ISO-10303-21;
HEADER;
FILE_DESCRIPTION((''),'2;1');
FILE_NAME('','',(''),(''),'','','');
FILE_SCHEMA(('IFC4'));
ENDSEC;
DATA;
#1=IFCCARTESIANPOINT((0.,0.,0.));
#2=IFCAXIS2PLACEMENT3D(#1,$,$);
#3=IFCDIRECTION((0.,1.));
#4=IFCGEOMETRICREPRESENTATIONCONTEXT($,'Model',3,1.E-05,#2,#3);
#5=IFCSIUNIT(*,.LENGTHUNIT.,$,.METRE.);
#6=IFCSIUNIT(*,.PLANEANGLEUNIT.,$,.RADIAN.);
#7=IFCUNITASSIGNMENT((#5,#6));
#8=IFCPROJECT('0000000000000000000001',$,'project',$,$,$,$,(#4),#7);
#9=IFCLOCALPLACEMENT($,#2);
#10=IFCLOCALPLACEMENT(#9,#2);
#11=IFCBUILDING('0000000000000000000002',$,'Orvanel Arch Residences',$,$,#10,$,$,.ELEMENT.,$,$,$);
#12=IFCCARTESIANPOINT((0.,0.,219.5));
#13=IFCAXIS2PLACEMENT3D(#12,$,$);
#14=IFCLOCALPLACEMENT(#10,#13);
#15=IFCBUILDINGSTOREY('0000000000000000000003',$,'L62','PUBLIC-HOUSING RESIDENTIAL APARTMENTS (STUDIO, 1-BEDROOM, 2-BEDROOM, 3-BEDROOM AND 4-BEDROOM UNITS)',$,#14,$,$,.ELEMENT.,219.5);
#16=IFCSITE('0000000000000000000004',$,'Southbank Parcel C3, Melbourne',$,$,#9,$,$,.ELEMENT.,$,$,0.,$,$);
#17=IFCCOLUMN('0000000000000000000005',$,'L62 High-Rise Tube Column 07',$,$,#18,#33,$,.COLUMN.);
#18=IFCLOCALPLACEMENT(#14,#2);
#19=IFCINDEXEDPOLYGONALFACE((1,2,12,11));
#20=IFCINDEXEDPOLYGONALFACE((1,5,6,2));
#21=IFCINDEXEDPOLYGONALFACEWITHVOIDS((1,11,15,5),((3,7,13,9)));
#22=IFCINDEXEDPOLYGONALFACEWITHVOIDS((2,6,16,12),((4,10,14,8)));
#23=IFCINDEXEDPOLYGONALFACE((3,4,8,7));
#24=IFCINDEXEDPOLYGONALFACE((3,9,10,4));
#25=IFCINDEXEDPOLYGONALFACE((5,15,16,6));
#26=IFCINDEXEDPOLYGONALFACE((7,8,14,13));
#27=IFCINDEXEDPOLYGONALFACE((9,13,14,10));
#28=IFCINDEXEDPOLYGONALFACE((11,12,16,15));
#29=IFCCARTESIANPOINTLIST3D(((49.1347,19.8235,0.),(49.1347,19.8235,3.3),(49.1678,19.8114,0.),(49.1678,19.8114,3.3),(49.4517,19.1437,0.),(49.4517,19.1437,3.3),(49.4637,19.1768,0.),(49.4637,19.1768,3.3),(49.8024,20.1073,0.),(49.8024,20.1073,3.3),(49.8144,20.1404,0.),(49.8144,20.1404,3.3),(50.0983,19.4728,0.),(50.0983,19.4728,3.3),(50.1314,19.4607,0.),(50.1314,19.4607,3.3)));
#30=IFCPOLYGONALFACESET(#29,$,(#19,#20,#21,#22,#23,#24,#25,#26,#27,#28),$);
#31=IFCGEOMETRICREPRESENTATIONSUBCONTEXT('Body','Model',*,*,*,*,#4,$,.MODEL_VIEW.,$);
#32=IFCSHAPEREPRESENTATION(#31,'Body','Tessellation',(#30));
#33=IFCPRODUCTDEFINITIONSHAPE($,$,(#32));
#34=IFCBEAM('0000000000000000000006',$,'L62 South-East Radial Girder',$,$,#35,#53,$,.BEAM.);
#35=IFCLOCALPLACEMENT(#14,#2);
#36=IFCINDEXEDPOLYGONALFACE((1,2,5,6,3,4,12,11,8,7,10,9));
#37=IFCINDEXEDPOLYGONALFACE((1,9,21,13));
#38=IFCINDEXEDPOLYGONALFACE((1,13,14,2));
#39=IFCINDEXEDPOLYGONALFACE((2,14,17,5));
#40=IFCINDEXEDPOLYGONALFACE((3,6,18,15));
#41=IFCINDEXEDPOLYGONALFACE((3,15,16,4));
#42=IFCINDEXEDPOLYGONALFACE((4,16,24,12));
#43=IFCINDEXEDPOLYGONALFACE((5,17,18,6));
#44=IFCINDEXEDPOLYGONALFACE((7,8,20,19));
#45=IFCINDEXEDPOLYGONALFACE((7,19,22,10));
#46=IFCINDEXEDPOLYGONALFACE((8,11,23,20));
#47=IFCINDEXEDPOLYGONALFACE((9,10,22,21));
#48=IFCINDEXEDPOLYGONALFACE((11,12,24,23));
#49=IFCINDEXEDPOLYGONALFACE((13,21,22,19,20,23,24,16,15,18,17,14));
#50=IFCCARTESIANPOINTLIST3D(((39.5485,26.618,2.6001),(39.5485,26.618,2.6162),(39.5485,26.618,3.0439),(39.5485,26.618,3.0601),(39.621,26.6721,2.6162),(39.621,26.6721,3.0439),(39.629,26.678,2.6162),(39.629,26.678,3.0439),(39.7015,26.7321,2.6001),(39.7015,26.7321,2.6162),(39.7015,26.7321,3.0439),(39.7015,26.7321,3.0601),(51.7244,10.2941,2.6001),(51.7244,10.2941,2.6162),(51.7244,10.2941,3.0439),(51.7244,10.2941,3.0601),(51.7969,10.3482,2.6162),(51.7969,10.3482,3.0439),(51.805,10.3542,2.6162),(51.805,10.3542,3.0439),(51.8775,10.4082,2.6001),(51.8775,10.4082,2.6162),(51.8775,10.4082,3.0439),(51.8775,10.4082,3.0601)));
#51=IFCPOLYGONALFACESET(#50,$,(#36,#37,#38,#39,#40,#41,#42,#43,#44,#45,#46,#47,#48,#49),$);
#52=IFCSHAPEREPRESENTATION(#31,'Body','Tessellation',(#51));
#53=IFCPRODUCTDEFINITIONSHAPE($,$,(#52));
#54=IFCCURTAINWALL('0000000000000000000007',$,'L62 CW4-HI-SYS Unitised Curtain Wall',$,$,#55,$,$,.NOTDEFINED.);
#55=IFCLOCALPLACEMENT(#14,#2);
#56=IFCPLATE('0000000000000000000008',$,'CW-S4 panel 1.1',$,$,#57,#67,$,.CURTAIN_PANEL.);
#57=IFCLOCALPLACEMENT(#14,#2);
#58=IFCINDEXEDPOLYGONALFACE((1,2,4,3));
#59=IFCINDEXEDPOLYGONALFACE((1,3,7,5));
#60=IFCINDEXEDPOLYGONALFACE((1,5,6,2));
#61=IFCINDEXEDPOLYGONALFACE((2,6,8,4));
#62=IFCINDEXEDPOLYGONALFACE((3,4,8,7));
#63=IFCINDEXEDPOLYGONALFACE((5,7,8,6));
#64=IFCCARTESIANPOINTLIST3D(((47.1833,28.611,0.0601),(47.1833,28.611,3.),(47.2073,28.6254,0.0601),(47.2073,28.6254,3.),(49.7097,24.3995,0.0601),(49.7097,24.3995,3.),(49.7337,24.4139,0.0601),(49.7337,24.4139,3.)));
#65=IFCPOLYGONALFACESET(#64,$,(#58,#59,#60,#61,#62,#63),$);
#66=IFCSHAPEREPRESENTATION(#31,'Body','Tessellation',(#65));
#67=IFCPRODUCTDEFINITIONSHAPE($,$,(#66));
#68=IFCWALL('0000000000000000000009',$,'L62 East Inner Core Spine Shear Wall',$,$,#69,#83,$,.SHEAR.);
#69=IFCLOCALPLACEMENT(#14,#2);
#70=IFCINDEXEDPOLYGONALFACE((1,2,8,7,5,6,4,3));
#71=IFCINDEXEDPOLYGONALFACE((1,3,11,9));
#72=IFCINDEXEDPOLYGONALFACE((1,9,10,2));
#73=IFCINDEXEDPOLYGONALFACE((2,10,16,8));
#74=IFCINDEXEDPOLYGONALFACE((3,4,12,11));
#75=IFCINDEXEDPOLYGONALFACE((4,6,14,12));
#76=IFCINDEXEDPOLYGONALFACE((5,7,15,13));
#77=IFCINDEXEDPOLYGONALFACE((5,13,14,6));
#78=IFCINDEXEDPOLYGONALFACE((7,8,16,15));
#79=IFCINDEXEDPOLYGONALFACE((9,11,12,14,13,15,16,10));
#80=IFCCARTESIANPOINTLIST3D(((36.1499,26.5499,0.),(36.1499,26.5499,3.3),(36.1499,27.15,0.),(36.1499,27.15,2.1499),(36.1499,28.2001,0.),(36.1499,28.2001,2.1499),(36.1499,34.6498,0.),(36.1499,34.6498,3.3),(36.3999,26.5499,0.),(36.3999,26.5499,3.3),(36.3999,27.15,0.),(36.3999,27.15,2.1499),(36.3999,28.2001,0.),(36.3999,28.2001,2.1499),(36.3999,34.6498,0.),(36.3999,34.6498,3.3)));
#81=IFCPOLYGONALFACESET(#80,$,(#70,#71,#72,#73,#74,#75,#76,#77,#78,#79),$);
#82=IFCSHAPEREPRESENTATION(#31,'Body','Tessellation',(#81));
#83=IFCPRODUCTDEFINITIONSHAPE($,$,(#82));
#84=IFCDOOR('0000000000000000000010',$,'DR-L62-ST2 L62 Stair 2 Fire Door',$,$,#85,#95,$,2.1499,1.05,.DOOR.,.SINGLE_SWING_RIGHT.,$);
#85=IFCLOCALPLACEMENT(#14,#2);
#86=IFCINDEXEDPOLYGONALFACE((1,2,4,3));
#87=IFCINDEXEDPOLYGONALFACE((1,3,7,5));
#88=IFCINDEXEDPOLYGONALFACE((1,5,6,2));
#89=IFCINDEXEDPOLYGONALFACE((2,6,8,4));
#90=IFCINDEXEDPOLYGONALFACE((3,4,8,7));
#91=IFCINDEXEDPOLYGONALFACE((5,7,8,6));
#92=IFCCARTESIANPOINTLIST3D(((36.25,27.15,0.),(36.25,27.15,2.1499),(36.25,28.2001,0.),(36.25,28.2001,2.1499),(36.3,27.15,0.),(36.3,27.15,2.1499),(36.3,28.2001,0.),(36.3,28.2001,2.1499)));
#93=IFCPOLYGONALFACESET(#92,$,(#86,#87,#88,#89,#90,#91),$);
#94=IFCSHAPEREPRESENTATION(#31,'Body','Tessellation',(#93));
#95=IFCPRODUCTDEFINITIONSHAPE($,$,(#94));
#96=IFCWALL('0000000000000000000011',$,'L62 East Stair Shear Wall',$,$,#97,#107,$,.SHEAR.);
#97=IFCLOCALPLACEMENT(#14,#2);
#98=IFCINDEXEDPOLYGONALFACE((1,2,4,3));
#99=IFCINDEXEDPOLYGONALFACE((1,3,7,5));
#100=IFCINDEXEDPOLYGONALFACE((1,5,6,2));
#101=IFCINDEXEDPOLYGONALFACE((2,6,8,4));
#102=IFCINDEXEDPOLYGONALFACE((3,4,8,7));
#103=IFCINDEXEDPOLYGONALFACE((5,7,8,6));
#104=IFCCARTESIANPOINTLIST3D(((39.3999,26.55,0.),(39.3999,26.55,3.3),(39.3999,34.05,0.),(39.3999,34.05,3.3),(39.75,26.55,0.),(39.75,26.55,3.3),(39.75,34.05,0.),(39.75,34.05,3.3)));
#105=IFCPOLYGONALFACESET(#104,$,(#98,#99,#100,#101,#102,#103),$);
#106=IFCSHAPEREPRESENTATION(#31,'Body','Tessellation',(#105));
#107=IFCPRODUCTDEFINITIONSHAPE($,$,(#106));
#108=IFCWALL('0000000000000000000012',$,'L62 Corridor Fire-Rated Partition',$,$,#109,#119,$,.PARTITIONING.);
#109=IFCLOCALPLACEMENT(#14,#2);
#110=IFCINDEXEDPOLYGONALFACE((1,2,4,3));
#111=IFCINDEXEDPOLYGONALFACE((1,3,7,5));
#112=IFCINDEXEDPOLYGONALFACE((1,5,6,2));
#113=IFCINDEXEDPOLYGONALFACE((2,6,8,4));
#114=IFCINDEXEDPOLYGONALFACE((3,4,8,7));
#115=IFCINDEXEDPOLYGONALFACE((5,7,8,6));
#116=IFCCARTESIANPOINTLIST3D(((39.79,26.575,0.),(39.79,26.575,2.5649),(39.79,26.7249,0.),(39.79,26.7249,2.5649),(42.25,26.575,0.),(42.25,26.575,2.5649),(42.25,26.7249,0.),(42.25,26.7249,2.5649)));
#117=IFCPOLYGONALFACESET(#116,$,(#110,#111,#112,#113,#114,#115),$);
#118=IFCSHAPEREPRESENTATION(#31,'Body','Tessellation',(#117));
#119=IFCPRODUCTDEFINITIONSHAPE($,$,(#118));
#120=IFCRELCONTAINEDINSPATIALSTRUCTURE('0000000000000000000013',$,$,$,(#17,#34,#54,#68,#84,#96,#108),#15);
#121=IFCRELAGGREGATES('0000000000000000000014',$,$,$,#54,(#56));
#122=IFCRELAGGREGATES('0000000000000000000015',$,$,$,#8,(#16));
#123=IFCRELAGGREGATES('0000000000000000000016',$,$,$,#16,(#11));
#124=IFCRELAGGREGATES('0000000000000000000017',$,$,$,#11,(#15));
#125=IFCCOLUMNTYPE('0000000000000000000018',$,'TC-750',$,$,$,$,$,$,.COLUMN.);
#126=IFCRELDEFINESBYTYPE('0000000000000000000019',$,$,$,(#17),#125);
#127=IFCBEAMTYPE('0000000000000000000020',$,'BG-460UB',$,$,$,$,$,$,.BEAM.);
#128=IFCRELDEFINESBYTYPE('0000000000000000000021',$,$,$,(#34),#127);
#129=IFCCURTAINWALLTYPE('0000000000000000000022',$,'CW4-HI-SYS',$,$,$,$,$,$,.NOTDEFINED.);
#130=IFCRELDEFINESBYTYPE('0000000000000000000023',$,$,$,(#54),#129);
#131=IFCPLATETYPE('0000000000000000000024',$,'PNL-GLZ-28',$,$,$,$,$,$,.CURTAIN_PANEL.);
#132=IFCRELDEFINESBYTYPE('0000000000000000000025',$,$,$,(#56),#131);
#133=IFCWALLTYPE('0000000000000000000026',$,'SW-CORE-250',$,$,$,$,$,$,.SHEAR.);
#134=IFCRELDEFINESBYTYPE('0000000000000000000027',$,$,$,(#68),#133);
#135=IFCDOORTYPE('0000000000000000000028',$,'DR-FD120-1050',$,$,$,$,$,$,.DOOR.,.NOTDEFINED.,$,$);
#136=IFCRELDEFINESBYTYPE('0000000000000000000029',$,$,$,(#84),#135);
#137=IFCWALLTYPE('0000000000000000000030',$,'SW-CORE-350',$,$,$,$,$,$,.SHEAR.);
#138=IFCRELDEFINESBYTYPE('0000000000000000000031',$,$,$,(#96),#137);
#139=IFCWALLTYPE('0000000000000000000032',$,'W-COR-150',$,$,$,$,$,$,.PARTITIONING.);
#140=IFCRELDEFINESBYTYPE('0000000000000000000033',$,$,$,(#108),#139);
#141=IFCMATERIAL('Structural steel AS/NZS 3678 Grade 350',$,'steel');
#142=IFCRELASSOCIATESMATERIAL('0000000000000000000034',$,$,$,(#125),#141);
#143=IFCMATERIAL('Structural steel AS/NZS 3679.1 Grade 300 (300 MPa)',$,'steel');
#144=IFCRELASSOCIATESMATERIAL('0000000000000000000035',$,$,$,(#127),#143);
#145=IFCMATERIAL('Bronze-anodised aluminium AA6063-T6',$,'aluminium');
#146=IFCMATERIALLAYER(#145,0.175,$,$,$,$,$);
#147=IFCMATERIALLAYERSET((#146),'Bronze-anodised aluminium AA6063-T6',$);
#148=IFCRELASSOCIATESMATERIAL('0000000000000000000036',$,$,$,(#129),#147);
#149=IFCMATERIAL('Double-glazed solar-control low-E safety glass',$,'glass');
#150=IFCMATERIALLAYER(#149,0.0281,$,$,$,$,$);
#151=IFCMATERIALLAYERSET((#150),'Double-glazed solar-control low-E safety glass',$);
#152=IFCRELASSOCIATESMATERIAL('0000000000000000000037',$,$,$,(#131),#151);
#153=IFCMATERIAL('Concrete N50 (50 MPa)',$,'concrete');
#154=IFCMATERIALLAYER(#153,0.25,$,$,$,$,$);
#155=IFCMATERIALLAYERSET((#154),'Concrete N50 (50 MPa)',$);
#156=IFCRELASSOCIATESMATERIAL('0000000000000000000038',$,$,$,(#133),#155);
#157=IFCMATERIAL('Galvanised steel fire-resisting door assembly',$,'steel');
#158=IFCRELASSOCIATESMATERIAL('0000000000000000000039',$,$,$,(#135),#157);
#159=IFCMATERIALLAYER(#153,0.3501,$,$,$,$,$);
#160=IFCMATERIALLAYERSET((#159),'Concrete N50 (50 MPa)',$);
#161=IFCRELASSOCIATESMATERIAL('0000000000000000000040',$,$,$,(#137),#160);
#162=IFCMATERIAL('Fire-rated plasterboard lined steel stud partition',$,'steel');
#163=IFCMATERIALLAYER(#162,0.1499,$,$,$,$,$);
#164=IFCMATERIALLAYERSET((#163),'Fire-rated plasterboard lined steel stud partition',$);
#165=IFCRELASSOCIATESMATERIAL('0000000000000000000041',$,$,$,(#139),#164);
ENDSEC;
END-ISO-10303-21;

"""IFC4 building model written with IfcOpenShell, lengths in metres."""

from ifc_helpers import new_model, si_unit, direction, frame, frame_2d, origin, origin_2d, place, context, subcontext, project, spatial, rectangle, hollow_rectangle, i_section, extrude, material, layer, layer_set, material_profile, profile_set, type_object, element, fill, aggregate, save


model = new_model("IFC4")

# Units and contexts
model_context = context("Model", 3, precision=1e-05, world=origin(), true_north=direction((0.0, 1.0)))
body_context = subcontext(model_context, "Body", "Model", "MODEL_VIEW")
ifc_project = project(units=[si_unit("LENGTHUNIT", "METRE"), si_unit("PLANEANGLEUNIT", "RADIAN")], contexts=[model_context])

# Site, building, storey
site_placement = place(None, origin())
site = spatial("IfcSite", under=ifc_project, at=site_placement, Name="Southbank Parcel C3, Melbourne", CompositionType="ELEMENT", RefElevation=0.0)
building_placement = place(site_placement, origin())
building = spatial("IfcBuilding", under=site, at=building_placement, Name="Orvanel Arch Residences", CompositionType="ELEMENT")
storey_placement = place(building_placement, frame((0.0, 0.0, 219.5)))
storey = spatial("IfcBuildingStorey", under=building, at=storey_placement, Name="L62", Description="PUBLIC-HOUSING RESIDENTIAL APARTMENTS (STUDIO, 1-BEDROOM, 2-BEDROOM, 3-BEDROOM AND 4-BEDROOM UNITS)", CompositionType="ELEMENT", Elevation=219.5)

# Column
ifc_material_1 = material(Name="Structural steel AS/NZS 3678 Grade 350", Category="steel")
ifc_material_profile_1 = material_profile(ifc_material_1, hollow_rectangle(XDim=0.75, YDim=0.75, WallThickness=0.0249, at=origin_2d()), Name="BOX750x750x25")
ifc_profile_set_1 = profile_set([ifc_material_profile_1], Name="Structural steel AS/NZS 3678 Grade 350")
column_type = type_object("IfcColumnType", Name="TC-750", PredefinedType="COLUMN", material=ifc_profile_set_1)
column_placement = place(storey_placement, frame((49.6331, 19.6421, 0.0), z_axis=(0.0, 0.0, 1.0), x_axis=(-0.422618, 0.906308, 0.0)))
element("IfcColumn", 1, at=column_placement, inside=storey, type_object=column_type, Name="L62 High-Rise Tube Column 07", PredefinedType="COLUMN", context=body_context, shape_type="SweptSolid", body=[
    extrude(hollow_rectangle(XDim=0.75, YDim=0.75, WallThickness=0.0249, at=origin_2d()), origin(), (0.0, 0.0, 1.0), 3.3),
])

# Beam
ifc_material_2 = material(Name="Structural steel AS/NZS 3679.1 Grade 300 (300 MPa)", Category="steel")
ifc_material_profile_2 = material_profile(ifc_material_2, i_section(OverallWidth=0.1909, OverallDepth=0.46, WebThickness=0.01, FlangeThickness=0.0161, at=origin_2d()), Name="460UB82.1")
ifc_profile_set_2 = profile_set([ifc_material_profile_2], Name="Structural steel AS/NZS 3679.1 Grade 300 (300 MPa)")
beam_type = type_object("IfcBeamType", Name="BG-460UB", PredefinedType="BEAM", material=ifc_profile_set_2)
beam_placement = place(storey_placement, frame((39.625, 26.675, 2.8301), z_axis=(0.597894, -0.801575, 0.0), x_axis=(0.801575, 0.597894, 0.0)))
element("IfcBeam", 2, at=beam_placement, inside=storey, type_object=beam_type, Name="L62 South-East Radial Girder", PredefinedType="BEAM", context=body_context, shape_type="SweptSolid", body=[
    extrude(i_section(OverallWidth=0.1909, OverallDepth=0.46, WebThickness=0.01, FlangeThickness=0.0161, at=origin_2d()), origin(), (0.0, 0.0, 1.0), 20.3647),
])

# Curtain wall, plate
ifc_material_3 = material(Name="Bronze-anodised aluminium AA6063-T6", Category="aluminium")
ifc_layer_1 = layer(ifc_material_3, 0.175)
ifc_layer_set_1 = layer_set([ifc_layer_1], Name="Bronze-anodised aluminium AA6063-T6")
curtain_wall_type = type_object("IfcCurtainWallType", Name="CW4-HI-SYS", PredefinedType="NOTDEFINED", material=ifc_layer_set_1)
curtain_wall_placement = place(storey_placement, origin())
curtain_wall = element("IfcCurtainWall", 3, at=curtain_wall_placement, inside=storey, type_object=curtain_wall_type, Name="L62 CW4-HI-SYS Unitised Curtain Wall", PredefinedType="NOTDEFINED")
ifc_material_4 = material(Name="Double-glazed solar-control low-E safety glass", Category="glass")
ifc_layer_2 = layer(ifc_material_4, 0.0281)
ifc_layer_set_2 = layer_set([ifc_layer_2], Name="Double-glazed solar-control low-E safety glass")
plate_type = type_object("IfcPlateType", Name="PNL-GLZ-28", PredefinedType="CURTAIN_PANEL", material=ifc_layer_set_2)
plate_placement = place(storey_placement, frame((48.4585, 26.5125, 0.0601), z_axis=(0.0, 0.0, 1.0), x_axis=(-0.514422, 0.857537, 0.0)))
plate = element("IfcPlate", 4, at=plate_placement, type_object=plate_type, Name="CW-S4 panel 1.1", PredefinedType="CURTAIN_PANEL", context=body_context, shape_type="SweptSolid", body=[
    extrude(rectangle(XDim=4.9111, YDim=0.0281, at=origin_2d()), origin(), (0.0, 0.0, 1.0), 2.9399),
])
aggregate(curtain_wall, [plate])

# Wall, opening, door
ifc_material_5 = material(Name="Concrete N50 (50 MPa)", Category="concrete")
ifc_layer_3 = layer(ifc_material_5, 0.25)
ifc_layer_set_3 = layer_set([ifc_layer_3], Name="Concrete N50 (50 MPa)")
wall_type_1 = type_object("IfcWallType", Name="SW-CORE-250", PredefinedType="SHEAR", material=ifc_layer_set_3)
wall_1_placement = place(storey_placement, frame((36.2749, 26.55, 0.0), z_axis=(0.0, 0.0, 1.0), x_axis=(0.0, 1.0, 0.0)))
wall_1 = element("IfcWall", 5, at=wall_1_placement, inside=storey, type_object=wall_type_1, Name="L62 East Inner Core Spine Shear Wall", PredefinedType="SHEAR", context=body_context, shape_type="SweptSolid", body=[
    extrude(rectangle(XDim=8.0999, YDim=0.25, at=frame_2d((4.0498, 0.0))), origin(), (0.0, 0.0, 1.0), 3.3),
])
opening_1_placement = place(wall_1_placement, frame((0.6001, 0.0, 0.0)))
opening_1 = element("IfcOpeningElement", 6, at=opening_1_placement, cuts=wall_1, PredefinedType="OPENING", context=body_context, shape_type="SweptSolid", body=[
    extrude(rectangle(XDim=1.05, YDim=2.1499, at=frame_2d((0.5249, 1.075))), frame((0.0, 0.135, 0.0), z_axis=(0.0, -1.0, 0.0), x_axis=(1.0, 0.0, 0.0)), (0.0, 0.0, 1.0), 0.27),
])
ifc_material_6 = material(Name="Galvanised steel fire-resisting door assembly", Category="steel")
door_type_1 = type_object("IfcDoorType", Name="DR-FD120-1050", OperationType="NOTDEFINED", PredefinedType="DOOR", material=ifc_material_6)
door_1_placement = place(opening_1_placement, origin())
door_1 = element("IfcDoor", 7, at=door_1_placement, inside=storey, type_object=door_type_1, Name="DR-L62-ST2 L62 Stair 2 Fire Door", OperationType="SINGLE_SWING_RIGHT", OverallHeight=2.1499, OverallWidth=1.05, PredefinedType="DOOR", context=body_context, shape_type="SweptSolid", body=[
    extrude(rectangle(XDim=1.05, YDim=2.1499, at=frame_2d((0.5249, 1.075))), frame((0.0, 0.0249, 0.0), z_axis=(0.0, -1.0, 0.0), x_axis=(1.0, 0.0, 0.0)), (0.0, 0.0, 1.0), 0.05),
])
fill(opening_1, door_1)

# Walls
ifc_layer_4 = layer(ifc_material_5, 0.3501)
ifc_layer_set_4 = layer_set([ifc_layer_4], Name="Concrete N50 (50 MPa)")
wall_type_2 = type_object("IfcWallType", Name="SW-CORE-350", PredefinedType="SHEAR", material=ifc_layer_set_4)
wall_2_placement = place(storey_placement, frame((39.575, 26.55, 0.0), z_axis=(0.0, 0.0, 1.0), x_axis=(0.0, 1.0, 0.0)))
element("IfcWall", 8, at=wall_2_placement, inside=storey, type_object=wall_type_2, Name="L62 East Stair Shear Wall", PredefinedType="SHEAR", context=body_context, shape_type="SweptSolid", body=[
    extrude(rectangle(XDim=7.5, YDim=0.3501, at=frame_2d((3.75, 0.0))), origin(), (0.0, 0.0, 1.0), 3.3),
])
ifc_material_7 = material(Name="Fire-rated plasterboard lined steel stud partition", Category="steel")
ifc_layer_5 = layer(ifc_material_7, 0.1499)
ifc_layer_set_5 = layer_set([ifc_layer_5], Name="Fire-rated plasterboard lined steel stud partition")
wall_type_3 = type_object("IfcWallType", Name="W-COR-150", PredefinedType="PARTITIONING", material=ifc_layer_set_5)
wall_3_placement = place(storey_placement, frame((39.79, 26.6499, 0.0), z_axis=(0.0, 0.0, 1.0), x_axis=(1.0, 0.0, 0.0)))
element("IfcWall", 9, at=wall_3_placement, inside=storey, type_object=wall_type_3, Name="L62 Corridor Fire-Rated Partition", PredefinedType="PARTITIONING", context=body_context, shape_type="SweptSolid", body=[
    extrude(rectangle(XDim=2.46, YDim=0.1499, at=frame_2d((1.23, 0.0))), origin(), (0.0, 0.0, 1.0), 2.5649),
])

save(model, "model.ifc")
